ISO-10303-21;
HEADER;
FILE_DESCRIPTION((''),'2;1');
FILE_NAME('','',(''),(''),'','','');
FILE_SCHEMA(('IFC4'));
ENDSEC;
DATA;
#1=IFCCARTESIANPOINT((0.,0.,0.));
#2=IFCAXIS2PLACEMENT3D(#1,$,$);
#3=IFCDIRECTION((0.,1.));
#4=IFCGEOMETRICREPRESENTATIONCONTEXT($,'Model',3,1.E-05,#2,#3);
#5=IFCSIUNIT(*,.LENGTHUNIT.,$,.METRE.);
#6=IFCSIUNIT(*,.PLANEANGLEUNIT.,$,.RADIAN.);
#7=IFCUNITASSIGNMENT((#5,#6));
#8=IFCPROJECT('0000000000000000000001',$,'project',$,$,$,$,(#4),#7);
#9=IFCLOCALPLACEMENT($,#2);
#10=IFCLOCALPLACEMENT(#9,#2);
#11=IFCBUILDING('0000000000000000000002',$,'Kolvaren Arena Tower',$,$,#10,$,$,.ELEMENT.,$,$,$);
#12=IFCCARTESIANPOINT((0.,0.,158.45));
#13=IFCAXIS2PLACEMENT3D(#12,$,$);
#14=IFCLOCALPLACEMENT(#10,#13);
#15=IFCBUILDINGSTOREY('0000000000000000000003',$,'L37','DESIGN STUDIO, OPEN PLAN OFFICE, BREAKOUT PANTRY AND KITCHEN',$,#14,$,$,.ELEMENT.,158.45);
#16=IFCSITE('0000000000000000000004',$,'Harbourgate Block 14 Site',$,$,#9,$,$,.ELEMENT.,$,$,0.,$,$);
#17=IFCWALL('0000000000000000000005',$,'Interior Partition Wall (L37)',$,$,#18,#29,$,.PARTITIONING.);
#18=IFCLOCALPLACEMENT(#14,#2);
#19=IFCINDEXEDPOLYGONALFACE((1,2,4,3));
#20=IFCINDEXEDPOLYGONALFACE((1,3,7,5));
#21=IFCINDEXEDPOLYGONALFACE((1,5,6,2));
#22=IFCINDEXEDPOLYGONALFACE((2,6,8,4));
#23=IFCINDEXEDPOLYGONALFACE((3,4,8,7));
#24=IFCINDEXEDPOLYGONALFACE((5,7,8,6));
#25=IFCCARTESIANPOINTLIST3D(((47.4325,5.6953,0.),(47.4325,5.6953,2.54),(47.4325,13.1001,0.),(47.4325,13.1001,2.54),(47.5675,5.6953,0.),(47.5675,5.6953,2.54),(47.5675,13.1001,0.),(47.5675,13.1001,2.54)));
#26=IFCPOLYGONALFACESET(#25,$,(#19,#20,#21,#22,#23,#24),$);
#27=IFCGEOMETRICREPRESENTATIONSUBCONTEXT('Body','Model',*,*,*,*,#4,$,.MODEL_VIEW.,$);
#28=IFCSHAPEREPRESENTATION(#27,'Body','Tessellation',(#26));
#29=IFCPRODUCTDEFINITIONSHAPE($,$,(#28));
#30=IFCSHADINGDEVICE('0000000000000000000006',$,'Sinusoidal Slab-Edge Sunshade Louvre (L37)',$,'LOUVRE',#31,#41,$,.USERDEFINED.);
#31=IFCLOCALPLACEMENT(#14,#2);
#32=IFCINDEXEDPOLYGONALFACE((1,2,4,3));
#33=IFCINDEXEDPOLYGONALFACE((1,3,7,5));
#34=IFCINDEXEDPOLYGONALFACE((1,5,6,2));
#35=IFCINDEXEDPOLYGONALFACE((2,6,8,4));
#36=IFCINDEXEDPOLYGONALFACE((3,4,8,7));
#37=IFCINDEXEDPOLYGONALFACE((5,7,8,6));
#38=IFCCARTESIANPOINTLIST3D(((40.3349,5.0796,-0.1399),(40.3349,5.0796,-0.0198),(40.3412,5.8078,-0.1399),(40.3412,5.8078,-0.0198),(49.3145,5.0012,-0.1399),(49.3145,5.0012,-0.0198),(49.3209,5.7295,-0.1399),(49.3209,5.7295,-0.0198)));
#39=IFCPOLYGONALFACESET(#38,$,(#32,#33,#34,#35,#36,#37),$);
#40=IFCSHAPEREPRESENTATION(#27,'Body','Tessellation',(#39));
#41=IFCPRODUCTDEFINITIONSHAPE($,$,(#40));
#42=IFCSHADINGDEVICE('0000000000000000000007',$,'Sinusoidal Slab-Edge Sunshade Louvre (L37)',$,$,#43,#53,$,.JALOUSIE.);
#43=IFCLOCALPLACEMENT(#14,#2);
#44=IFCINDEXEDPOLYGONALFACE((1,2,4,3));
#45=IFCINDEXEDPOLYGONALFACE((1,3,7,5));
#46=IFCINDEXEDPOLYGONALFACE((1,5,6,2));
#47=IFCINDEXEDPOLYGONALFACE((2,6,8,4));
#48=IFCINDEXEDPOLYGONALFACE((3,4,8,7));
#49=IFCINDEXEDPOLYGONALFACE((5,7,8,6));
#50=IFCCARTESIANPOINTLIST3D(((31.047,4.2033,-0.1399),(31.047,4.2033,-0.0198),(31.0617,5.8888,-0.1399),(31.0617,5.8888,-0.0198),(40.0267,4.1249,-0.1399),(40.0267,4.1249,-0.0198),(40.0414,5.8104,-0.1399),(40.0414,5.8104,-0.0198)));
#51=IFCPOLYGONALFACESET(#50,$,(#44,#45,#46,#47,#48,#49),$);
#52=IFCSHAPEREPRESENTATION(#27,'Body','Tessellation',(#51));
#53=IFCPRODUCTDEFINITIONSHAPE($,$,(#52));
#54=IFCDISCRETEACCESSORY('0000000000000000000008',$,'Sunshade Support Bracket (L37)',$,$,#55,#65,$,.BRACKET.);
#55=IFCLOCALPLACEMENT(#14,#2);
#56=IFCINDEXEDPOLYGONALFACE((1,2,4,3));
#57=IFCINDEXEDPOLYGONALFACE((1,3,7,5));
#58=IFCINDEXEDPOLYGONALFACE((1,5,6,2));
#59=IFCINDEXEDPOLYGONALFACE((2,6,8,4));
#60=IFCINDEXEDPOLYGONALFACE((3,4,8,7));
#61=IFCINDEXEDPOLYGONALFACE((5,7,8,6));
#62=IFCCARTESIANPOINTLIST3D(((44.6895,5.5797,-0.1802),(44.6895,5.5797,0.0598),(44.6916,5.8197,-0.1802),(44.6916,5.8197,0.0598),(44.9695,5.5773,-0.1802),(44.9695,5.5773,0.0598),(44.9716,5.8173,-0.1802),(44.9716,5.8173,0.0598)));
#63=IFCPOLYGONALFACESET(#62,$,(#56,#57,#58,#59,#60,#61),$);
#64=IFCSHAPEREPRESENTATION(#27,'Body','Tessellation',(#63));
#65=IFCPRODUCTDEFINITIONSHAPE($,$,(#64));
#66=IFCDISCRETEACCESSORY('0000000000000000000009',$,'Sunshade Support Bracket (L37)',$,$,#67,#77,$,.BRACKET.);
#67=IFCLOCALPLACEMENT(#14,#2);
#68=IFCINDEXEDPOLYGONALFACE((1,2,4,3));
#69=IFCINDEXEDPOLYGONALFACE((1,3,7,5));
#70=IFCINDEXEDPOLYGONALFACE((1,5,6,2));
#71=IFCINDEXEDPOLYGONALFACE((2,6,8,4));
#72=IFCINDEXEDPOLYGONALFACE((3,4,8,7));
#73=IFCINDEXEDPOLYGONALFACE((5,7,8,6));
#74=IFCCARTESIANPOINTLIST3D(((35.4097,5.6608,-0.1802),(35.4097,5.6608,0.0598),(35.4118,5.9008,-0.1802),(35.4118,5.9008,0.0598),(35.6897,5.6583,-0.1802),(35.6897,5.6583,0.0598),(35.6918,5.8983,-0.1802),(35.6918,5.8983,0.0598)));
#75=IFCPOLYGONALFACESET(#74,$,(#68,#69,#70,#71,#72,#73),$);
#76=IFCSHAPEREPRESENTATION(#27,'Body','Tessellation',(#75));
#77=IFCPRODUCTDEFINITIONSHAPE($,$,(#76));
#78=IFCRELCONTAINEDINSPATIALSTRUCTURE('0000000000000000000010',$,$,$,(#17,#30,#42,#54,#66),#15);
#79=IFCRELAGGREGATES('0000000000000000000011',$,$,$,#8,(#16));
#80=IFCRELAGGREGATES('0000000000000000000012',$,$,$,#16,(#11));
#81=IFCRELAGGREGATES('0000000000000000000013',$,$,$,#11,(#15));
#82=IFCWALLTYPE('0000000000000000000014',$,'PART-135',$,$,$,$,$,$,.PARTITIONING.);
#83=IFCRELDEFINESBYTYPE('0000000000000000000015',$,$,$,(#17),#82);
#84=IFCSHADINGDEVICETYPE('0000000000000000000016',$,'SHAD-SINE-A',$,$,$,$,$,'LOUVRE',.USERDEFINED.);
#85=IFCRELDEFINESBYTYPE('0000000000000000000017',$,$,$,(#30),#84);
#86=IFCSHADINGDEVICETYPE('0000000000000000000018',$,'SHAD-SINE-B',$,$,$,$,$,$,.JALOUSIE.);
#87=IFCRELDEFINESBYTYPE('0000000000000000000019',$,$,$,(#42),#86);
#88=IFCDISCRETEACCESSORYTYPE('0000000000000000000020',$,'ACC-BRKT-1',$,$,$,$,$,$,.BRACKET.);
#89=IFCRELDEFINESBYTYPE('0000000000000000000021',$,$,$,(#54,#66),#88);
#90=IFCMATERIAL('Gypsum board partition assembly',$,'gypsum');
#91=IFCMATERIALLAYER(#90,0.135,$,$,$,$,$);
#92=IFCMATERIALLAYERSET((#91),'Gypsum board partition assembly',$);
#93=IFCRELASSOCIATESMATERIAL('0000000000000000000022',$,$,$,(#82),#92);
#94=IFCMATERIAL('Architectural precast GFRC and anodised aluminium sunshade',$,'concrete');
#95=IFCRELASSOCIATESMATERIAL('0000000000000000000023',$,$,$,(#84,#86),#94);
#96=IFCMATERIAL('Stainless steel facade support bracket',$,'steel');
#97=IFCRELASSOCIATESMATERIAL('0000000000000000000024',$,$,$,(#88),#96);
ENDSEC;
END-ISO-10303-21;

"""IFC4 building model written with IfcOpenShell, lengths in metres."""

from ifc_helpers import new_model, si_unit, direction, frame, frame_2d, origin, origin_2d, place, context, subcontext, project, spatial, rectangle, extrude, material, layer, layer_set, type_object, element, save


model = new_model("IFC4")

# Units and contexts
model_context = context("Model", 3, precision=1e-05, world=origin(), true_north=direction((0.0, 1.0)))
body_context = subcontext(model_context, "Body", "Model", "MODEL_VIEW")
ifc_project = project(units=[si_unit("LENGTHUNIT", "METRE"), si_unit("PLANEANGLEUNIT", "RADIAN")], contexts=[model_context])

# Site, building, storey
site_placement = place(None, origin())
site = spatial("IfcSite", under=ifc_project, at=site_placement, Name="Harbourgate Block 14 Site", CompositionType="ELEMENT", RefElevation=0.0)
building_placement = place(site_placement, origin())
building = spatial("IfcBuilding", under=site, at=building_placement, Name="Kolvaren Arena Tower", CompositionType="ELEMENT")
storey_placement = place(building_placement, frame((0.0, 0.0, 158.45)))
storey = spatial("IfcBuildingStorey", under=building, at=storey_placement, Name="L37", Description="DESIGN STUDIO, OPEN PLAN OFFICE, BREAKOUT PANTRY AND KITCHEN", CompositionType="ELEMENT", Elevation=158.45)

# Wall
ifc_material_1 = material(Name="Gypsum board partition assembly", Category="gypsum")
ifc_layer = layer(ifc_material_1, 0.135)
ifc_layer_set = layer_set([ifc_layer], Name="Gypsum board partition assembly")
wall_type = type_object("IfcWallType", Name="PART-135", PredefinedType="PARTITIONING", material=ifc_layer_set)
wall_1_placement = place(storey_placement, frame((47.5, 5.6953, 0.0), z_axis=(0.0, 0.0, 1.0), x_axis=(0.0, 1.0, 0.0)))
element("IfcWall", 1, at=wall_1_placement, inside=storey, type_object=wall_type, Name="Interior Partition Wall (L37)", PredefinedType="PARTITIONING", context=body_context, shape_type="SweptSolid", body=[
    extrude(rectangle(XDim=7.4048, YDim=0.135, at=frame_2d((3.7024, 0.0))), origin(), (0.0, 0.0, 1.0), 2.54),
])

# Shading devices
ifc_material_2 = material(Name="Architectural precast GFRC and anodised aluminium sunshade", Category="concrete")
shading_device_type_1 = type_object("IfcShadingDeviceType", Name="SHAD-SINE-A", ElementType="LOUVRE", PredefinedType="USERDEFINED", material=ifc_material_2)
shading_device_1_placement = place(storey_placement, frame((44.8279, 5.4045, -0.1399), z_axis=(0.0, 0.0, 1.0), x_axis=(-0.999962, 0.008727, 0.0)))
element("IfcShadingDevice", 2, at=shading_device_1_placement, inside=storey, type_object=shading_device_type_1, Name="Sinusoidal Slab-Edge Sunshade Louvre (L37)", ObjectType="LOUVRE", PredefinedType="USERDEFINED", context=body_context, shape_type="SweptSolid", body=[
    extrude(rectangle(XDim=8.98, YDim=0.7283, at=origin_2d()), origin(), (0.0, 0.0, 1.0), 0.1201),
])
shading_device_type_2 = type_object("IfcShadingDeviceType", Name="SHAD-SINE-B", PredefinedType="JALOUSIE", material=ifc_material_2)
shading_device_2_placement = place(storey_placement, frame((35.5442, 5.0068, -0.1399), z_axis=(0.0, 0.0, 1.0), x_axis=(-0.999962, 0.008727, 0.0)))
element("IfcShadingDevice", 3, at=shading_device_2_placement, inside=storey, type_object=shading_device_type_2, Name="Sinusoidal Slab-Edge Sunshade Louvre (L37)", PredefinedType="JALOUSIE", context=body_context, shape_type="SweptSolid", body=[
    extrude(rectangle(XDim=8.98, YDim=1.6855, at=origin_2d()), origin(), (0.0, 0.0, 1.0), 0.1201),
])

# Discrete accessories
ifc_material_3 = material(Name="Stainless steel facade support bracket", Category="steel")
discrete_accessory_type = type_object("IfcDiscreteAccessoryType", Name="ACC-BRKT-1", PredefinedType="BRACKET", material=ifc_material_3)
for number, where, z_axis, x_axis, name in (
    (4, (44.8306, 5.6985, -0.1802), (0.0, 0.0, 1.0), (-0.999962, 0.008727, 0.0), "Sunshade Support Bracket (L37)"),
    (5, (35.5508, 5.7795, -0.1802), (0.0, 0.0, 1.0), (-0.999962, 0.008727, 0.0), "Sunshade Support Bracket (L37)"),
):
    element("IfcDiscreteAccessory", number, at=place(storey_placement, frame(where, z_axis=z_axis, x_axis=x_axis)), inside=storey, type_object=discrete_accessory_type, Name=name, PredefinedType="BRACKET", context=body_context, shape_type="SweptSolid", body=[
        extrude(rectangle(XDim=0.28, YDim=0.24, at=origin_2d()), origin(), (0.0, 0.0, 1.0), 0.24),
    ])

save(model, "model.ifc")
